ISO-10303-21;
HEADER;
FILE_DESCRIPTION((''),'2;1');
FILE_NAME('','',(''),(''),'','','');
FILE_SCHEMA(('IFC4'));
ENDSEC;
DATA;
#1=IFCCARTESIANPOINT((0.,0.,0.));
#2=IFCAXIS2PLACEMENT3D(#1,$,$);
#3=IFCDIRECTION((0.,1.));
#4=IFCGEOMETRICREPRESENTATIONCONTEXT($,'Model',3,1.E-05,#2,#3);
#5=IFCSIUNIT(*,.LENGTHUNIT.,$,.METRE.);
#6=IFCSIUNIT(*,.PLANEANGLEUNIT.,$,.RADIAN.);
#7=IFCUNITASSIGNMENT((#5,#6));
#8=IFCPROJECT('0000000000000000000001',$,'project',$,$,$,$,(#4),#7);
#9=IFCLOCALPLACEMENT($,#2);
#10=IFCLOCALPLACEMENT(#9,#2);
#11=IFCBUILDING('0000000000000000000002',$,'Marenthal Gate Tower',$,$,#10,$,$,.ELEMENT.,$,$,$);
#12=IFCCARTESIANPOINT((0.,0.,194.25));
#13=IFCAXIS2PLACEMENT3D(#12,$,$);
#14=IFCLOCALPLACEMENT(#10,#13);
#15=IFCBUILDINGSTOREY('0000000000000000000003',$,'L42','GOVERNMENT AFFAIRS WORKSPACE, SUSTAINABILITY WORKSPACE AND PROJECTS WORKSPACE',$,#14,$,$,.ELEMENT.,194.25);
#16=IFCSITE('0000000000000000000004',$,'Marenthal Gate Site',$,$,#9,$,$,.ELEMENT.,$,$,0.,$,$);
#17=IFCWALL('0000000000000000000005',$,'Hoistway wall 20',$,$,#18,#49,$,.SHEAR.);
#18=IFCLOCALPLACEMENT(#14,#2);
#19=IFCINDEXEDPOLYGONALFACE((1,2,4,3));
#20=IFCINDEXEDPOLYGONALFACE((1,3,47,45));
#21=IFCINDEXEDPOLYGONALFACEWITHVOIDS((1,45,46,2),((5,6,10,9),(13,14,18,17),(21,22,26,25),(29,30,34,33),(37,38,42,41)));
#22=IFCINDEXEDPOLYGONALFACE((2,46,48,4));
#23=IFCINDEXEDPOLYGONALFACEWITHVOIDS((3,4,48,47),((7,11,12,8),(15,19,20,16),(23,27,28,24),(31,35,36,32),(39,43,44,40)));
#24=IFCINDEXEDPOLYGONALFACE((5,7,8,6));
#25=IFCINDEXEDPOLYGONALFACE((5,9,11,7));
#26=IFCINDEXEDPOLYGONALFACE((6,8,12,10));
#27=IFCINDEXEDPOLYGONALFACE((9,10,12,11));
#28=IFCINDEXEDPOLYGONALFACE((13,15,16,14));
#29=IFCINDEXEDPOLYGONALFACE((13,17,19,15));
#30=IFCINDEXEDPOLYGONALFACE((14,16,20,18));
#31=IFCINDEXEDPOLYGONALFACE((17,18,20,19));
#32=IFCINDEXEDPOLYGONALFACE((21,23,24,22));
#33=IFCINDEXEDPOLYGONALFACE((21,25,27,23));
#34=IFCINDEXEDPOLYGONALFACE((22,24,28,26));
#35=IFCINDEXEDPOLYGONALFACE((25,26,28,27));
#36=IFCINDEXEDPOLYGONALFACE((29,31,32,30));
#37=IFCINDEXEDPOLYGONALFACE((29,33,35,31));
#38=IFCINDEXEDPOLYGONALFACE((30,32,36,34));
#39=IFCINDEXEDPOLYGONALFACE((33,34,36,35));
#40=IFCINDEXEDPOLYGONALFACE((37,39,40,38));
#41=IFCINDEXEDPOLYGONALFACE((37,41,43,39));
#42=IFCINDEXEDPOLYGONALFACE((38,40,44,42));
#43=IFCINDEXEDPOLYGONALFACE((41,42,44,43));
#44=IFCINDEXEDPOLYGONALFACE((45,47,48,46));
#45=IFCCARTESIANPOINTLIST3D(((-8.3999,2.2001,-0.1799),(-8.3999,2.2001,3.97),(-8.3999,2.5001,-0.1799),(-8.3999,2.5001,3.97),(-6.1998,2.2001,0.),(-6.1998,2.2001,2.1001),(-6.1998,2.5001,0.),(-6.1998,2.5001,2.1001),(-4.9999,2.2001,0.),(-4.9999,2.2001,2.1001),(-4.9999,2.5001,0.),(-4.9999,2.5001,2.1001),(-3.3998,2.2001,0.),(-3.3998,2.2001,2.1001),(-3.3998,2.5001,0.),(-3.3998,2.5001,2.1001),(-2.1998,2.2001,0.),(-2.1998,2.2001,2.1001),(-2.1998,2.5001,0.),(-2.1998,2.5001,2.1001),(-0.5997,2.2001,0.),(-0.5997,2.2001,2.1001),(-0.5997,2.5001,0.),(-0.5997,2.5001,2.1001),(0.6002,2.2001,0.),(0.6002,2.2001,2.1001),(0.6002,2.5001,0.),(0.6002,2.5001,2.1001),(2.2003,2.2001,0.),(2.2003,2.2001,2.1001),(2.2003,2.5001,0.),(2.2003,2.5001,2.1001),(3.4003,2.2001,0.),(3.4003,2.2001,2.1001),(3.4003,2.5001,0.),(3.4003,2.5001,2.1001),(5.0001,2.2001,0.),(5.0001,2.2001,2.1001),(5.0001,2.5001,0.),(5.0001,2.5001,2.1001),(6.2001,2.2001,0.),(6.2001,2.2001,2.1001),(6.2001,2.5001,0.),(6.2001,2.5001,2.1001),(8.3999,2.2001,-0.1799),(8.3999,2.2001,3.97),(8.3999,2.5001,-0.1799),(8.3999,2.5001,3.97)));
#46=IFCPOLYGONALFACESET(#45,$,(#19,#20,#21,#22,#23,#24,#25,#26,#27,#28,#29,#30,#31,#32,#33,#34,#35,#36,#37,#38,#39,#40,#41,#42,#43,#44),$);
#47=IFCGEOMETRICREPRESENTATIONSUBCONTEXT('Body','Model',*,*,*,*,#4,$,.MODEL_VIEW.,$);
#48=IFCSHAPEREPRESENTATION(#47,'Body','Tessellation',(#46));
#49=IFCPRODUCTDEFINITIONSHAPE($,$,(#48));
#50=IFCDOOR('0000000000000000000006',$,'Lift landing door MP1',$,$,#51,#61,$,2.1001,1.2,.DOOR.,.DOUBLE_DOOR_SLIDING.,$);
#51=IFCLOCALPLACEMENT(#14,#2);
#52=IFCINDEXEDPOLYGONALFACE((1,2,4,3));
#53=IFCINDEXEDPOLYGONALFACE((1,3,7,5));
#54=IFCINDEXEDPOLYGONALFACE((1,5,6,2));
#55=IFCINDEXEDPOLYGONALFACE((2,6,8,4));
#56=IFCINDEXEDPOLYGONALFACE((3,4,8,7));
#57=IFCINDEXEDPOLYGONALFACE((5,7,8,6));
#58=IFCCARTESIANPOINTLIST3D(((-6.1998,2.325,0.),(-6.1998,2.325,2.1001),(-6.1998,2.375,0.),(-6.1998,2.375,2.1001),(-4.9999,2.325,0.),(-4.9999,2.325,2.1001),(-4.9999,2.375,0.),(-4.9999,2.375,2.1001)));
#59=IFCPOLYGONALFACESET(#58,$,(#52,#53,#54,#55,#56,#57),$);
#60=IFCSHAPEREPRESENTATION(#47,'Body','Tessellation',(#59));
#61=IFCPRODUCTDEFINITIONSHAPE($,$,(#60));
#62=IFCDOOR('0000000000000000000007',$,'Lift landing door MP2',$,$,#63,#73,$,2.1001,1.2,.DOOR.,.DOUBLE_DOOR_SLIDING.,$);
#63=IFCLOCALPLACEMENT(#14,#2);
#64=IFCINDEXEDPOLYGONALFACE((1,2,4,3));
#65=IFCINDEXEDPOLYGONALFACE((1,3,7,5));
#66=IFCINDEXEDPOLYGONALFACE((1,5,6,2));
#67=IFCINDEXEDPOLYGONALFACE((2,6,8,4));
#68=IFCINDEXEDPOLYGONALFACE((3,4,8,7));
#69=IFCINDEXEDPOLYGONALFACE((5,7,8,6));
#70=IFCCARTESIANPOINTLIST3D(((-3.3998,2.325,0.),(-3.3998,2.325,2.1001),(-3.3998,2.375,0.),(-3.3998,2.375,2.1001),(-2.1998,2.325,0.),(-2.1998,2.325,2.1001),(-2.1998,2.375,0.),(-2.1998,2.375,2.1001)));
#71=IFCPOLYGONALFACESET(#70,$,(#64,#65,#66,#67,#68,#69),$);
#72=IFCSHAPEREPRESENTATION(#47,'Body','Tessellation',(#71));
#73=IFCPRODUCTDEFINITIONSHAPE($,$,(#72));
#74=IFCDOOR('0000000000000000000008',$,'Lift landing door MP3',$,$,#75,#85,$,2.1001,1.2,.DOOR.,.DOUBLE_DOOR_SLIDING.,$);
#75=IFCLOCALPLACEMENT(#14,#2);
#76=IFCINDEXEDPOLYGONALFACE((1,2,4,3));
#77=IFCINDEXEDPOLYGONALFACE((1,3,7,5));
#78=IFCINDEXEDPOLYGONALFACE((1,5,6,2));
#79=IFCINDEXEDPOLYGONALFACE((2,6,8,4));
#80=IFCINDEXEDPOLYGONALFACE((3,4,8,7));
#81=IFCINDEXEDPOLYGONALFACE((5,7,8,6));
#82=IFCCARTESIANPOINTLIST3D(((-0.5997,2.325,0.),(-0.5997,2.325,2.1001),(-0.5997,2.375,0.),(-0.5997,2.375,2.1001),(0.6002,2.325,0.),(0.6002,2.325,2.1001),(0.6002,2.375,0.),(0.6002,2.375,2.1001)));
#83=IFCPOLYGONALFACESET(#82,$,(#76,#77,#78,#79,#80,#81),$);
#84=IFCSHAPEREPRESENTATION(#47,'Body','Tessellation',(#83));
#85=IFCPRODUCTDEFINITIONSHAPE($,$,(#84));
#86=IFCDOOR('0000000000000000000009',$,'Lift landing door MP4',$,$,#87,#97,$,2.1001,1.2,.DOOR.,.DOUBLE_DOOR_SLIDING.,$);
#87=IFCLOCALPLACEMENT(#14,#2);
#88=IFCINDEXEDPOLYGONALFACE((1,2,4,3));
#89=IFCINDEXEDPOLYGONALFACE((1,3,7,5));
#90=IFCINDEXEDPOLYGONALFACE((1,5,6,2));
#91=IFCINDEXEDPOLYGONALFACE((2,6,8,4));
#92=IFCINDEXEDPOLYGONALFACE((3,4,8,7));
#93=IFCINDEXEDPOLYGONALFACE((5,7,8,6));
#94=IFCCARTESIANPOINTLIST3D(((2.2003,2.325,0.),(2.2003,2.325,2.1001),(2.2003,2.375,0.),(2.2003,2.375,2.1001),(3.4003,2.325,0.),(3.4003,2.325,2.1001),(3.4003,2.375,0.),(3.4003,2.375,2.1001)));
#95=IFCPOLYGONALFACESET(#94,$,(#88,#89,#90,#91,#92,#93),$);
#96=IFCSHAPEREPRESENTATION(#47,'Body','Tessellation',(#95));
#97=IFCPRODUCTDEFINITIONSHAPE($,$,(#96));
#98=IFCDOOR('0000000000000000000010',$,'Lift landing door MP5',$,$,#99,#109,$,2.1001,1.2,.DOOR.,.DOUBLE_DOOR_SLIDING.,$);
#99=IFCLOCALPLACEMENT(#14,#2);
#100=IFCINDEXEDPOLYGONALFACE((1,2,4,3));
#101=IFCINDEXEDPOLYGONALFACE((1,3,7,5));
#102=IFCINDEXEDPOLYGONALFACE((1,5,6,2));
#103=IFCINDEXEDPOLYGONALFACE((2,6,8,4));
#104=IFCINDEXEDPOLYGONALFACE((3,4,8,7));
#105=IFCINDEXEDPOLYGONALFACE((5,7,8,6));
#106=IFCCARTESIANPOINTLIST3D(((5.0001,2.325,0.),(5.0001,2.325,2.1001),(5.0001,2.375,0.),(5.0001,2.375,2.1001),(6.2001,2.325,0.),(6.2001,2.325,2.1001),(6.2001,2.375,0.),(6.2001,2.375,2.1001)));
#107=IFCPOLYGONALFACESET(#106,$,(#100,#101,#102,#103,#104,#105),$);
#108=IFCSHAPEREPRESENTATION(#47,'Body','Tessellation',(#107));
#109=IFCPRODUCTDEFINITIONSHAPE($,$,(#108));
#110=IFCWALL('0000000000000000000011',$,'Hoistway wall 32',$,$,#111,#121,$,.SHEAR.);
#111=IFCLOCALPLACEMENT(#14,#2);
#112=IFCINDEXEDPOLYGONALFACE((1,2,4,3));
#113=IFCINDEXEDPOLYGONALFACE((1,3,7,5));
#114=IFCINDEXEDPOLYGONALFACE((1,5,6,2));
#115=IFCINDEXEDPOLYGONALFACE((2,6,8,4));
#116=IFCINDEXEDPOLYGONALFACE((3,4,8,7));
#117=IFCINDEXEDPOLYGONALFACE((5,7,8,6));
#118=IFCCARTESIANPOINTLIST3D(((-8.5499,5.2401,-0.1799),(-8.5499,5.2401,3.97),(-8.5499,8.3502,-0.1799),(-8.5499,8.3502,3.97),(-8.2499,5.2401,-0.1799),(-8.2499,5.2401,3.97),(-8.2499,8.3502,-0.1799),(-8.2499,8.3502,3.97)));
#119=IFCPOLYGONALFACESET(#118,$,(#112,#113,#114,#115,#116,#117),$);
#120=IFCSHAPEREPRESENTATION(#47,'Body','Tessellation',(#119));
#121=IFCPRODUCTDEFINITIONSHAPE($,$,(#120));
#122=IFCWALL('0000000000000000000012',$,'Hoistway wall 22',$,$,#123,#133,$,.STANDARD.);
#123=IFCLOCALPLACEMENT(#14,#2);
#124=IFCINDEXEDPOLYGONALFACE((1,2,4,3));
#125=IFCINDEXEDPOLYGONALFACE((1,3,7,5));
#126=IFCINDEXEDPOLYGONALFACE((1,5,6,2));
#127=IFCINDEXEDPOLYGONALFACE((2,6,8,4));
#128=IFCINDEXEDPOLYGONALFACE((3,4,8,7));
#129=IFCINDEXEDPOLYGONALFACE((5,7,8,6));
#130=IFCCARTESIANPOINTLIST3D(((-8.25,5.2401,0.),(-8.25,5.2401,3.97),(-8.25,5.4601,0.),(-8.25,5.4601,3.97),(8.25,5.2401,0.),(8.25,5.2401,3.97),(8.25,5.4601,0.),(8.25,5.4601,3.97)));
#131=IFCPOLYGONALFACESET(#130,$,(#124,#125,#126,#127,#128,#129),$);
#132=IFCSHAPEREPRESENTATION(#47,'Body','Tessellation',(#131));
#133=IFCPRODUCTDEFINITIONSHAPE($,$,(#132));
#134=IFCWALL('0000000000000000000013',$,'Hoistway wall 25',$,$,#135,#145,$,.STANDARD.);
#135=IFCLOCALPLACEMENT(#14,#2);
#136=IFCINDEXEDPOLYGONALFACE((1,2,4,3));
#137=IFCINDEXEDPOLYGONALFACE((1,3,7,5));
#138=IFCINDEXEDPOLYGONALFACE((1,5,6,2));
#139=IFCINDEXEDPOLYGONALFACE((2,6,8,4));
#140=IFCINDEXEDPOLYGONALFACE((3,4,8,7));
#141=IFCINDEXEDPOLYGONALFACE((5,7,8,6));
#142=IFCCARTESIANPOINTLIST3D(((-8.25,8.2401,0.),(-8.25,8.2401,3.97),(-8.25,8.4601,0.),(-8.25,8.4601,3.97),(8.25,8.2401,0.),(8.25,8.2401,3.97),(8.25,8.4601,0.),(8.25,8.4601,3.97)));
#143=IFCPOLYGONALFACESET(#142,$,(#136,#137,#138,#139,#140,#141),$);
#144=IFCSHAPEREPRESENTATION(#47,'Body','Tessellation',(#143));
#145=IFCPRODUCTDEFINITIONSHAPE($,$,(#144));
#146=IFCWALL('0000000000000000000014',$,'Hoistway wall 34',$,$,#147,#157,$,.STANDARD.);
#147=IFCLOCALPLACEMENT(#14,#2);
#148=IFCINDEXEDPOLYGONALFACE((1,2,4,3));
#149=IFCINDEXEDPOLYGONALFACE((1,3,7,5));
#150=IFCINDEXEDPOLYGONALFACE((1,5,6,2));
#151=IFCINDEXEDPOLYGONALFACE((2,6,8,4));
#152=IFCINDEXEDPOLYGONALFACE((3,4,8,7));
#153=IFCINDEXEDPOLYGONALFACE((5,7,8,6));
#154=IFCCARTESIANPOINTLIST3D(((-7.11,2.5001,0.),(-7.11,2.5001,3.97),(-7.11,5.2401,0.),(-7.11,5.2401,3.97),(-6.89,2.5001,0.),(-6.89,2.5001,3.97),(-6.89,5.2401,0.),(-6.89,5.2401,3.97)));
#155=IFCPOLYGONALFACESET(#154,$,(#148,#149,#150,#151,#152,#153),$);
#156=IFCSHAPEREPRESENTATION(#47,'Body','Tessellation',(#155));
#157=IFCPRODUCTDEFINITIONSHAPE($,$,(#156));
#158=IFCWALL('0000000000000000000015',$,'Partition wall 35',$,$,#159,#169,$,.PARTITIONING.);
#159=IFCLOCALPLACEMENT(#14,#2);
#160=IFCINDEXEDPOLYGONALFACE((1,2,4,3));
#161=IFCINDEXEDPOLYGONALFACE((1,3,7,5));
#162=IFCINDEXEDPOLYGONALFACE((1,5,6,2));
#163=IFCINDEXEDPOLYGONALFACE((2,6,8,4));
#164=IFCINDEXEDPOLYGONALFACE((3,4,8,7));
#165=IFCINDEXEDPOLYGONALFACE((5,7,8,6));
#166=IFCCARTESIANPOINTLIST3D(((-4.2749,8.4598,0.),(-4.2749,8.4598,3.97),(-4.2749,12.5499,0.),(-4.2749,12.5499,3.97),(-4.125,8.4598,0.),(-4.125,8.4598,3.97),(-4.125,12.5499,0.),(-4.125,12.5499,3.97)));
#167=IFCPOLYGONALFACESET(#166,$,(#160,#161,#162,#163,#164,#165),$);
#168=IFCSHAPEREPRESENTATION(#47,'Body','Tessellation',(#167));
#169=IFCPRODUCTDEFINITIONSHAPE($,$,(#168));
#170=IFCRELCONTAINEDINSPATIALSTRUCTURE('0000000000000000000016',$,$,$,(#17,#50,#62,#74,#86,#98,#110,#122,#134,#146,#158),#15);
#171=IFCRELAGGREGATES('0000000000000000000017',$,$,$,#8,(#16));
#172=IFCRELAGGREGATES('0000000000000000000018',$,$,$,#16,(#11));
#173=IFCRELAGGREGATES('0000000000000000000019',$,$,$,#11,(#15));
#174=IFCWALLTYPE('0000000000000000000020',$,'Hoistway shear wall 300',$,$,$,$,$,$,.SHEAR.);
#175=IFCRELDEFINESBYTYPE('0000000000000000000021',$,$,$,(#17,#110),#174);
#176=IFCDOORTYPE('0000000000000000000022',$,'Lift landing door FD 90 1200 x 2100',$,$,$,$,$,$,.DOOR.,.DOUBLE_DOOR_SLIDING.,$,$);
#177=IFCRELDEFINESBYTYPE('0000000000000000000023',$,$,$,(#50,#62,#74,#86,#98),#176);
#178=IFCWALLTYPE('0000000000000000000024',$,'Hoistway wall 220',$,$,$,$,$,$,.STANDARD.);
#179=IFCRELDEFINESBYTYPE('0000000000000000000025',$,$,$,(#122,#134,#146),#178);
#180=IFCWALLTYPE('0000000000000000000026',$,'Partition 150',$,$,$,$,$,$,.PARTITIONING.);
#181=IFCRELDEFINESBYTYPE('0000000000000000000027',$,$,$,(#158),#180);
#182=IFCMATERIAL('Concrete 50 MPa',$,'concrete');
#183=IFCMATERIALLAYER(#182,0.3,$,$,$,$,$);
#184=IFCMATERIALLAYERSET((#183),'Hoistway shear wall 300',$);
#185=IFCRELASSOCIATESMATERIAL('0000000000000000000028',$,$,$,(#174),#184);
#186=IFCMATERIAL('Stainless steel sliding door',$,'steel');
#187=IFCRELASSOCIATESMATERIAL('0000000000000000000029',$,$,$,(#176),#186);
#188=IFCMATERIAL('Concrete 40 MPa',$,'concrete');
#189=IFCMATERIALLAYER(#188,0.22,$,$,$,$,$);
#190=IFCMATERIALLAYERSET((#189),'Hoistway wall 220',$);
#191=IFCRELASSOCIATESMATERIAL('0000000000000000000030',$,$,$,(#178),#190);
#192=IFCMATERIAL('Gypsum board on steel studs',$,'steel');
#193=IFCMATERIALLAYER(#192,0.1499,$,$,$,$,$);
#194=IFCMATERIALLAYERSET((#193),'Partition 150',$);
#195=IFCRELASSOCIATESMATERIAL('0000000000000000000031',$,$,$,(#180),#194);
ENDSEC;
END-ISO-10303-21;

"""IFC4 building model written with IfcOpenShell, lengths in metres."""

from ifc_helpers import new_model, si_unit, direction, frame, frame_2d, origin, place, context, subcontext, project, spatial, rectangle, extrude, material, layer, layer_set, type_object, element, fill, save


model = new_model("IFC4")

# Units and contexts
model_context = context("Model", 3, precision=1e-05, world=origin(), true_north=direction((0.0, 1.0)))
body_context = subcontext(model_context, "Body", "Model", "MODEL_VIEW")
ifc_project = project(units=[si_unit("LENGTHUNIT", "METRE"), si_unit("PLANEANGLEUNIT", "RADIAN")], contexts=[model_context])

# Site, building, storey
site_placement = place(None, origin())
site = spatial("IfcSite", under=ifc_project, at=site_placement, Name="Marenthal Gate Site", CompositionType="ELEMENT", RefElevation=0.0)
building_placement = place(site_placement, origin())
building = spatial("IfcBuilding", under=site, at=building_placement, Name="Marenthal Gate Tower", CompositionType="ELEMENT")
storey_placement = place(building_placement, frame((0.0, 0.0, 194.25)))
storey = spatial("IfcBuildingStorey", under=building, at=storey_placement, Name="L42", Description="GOVERNMENT AFFAIRS WORKSPACE, SUSTAINABILITY WORKSPACE AND PROJECTS WORKSPACE", CompositionType="ELEMENT", Elevation=194.25)

# Wall, openings, doors
ifc_material_1 = material(Name="Concrete 50 MPa", Category="concrete")
ifc_layer_1 = layer(ifc_material_1, 0.3)
ifc_layer_set_1 = layer_set([ifc_layer_1], Name="Hoistway shear wall 300")
wall_type_1 = type_object("IfcWallType", Name="Hoistway shear wall 300", PredefinedType="SHEAR", material=ifc_layer_set_1)
wall_1_placement = place(storey_placement, frame((-8.3999, 2.3501, -0.1799), z_axis=(0.0, 0.0, 1.0), x_axis=(1.0, 0.0, 0.0)))
wall_1 = element("IfcWall", 1, at=wall_1_placement, inside=storey, type_object=wall_type_1, Name="Hoistway wall 20", PredefinedType="SHEAR", context=body_context, shape_type="SweptSolid", body=[
    extrude(rectangle(XDim=16.7998, YDim=0.3, at=frame_2d((8.3999, 0.0))), origin(), (0.0, 0.0, 1.0), 4.1499),
])
opening_1_placement = place(wall_1_placement, frame((2.2, 0.0, 0.1799)))
opening_1 = element("IfcOpeningElement", 2, at=opening_1_placement, cuts=wall_1, PredefinedType="OPENING", context=body_context, shape_type="SweptSolid", body=[
    extrude(rectangle(XDim=1.2, YDim=2.1001, at=frame_2d((0.6001, 1.05))), frame((0.0, 0.1602, 0.0), z_axis=(0.0, -1.0, 0.0), x_axis=(1.0, 0.0, 0.0)), (0.0, 0.0, 1.0), 0.3201),
])
opening_2_placement = place(wall_1_placement, frame((5.0, 0.0, 0.1799)))
opening_2 = element("IfcOpeningElement", 3, at=opening_2_placement, cuts=wall_1, PredefinedType="OPENING", context=body_context, shape_type="SweptSolid", body=[
    extrude(rectangle(XDim=1.2, YDim=2.1001, at=frame_2d((0.6001, 1.05))), frame((0.0, 0.1602, 0.0), z_axis=(0.0, -1.0, 0.0), x_axis=(1.0, 0.0, 0.0)), (0.0, 0.0, 1.0), 0.3201),
])
opening_3_placement = place(wall_1_placement, frame((7.8, 0.0, 0.1799)))
opening_3 = element("IfcOpeningElement", 4, at=opening_3_placement, cuts=wall_1, PredefinedType="OPENING", context=body_context, shape_type="SweptSolid", body=[
    extrude(rectangle(XDim=1.2, YDim=2.1001, at=frame_2d((0.6001, 1.05))), frame((0.0, 0.1602, 0.0), z_axis=(0.0, -1.0, 0.0), x_axis=(1.0, 0.0, 0.0)), (0.0, 0.0, 1.0), 0.3201),
])
opening_4_placement = place(wall_1_placement, frame((10.6001, 0.0, 0.1799)))
opening_4 = element("IfcOpeningElement", 5, at=opening_4_placement, cuts=wall_1, PredefinedType="OPENING", context=body_context, shape_type="SweptSolid", body=[
    extrude(rectangle(XDim=1.2, YDim=2.1001, at=frame_2d((0.6001, 1.05))), frame((0.0, 0.1602, 0.0), z_axis=(0.0, -1.0, 0.0), x_axis=(1.0, 0.0, 0.0)), (0.0, 0.0, 1.0), 0.3201),
])
opening_5_placement = place(wall_1_placement, frame((13.3999, 0.0, 0.1799)))
opening_5 = element("IfcOpeningElement", 6, at=opening_5_placement, cuts=wall_1, PredefinedType="OPENING", context=body_context, shape_type="SweptSolid", body=[
    extrude(rectangle(XDim=1.2, YDim=2.1001, at=frame_2d((0.6001, 1.05))), frame((0.0, 0.1602, 0.0), z_axis=(0.0, -1.0, 0.0), x_axis=(1.0, 0.0, 0.0)), (0.0, 0.0, 1.0), 0.3201),
])
ifc_material_2 = material(Name="Stainless steel sliding door", Category="steel")
door_type = type_object("IfcDoorType", Name="Lift landing door FD 90 1200 x 2100", OperationType="DOUBLE_DOOR_SLIDING", PredefinedType="DOOR", material=ifc_material_2)
door_1_placement = place(opening_1_placement, origin())
door_1 = element("IfcDoor", 7, at=door_1_placement, inside=storey, type_object=door_type, Name="Lift landing door MP1", OperationType="DOUBLE_DOOR_SLIDING", OverallHeight=2.1001, OverallWidth=1.2, PredefinedType="DOOR", context=body_context, shape_type="SweptSolid", body=[
    extrude(rectangle(XDim=1.2, YDim=2.1001, at=frame_2d((0.6001, 1.05))), frame((0.0, 0.0249, 0.0), z_axis=(0.0, -1.0, 0.0), x_axis=(1.0, 0.0, 0.0)), (0.0, 0.0, 1.0), 0.05),
])
fill(opening_1, door_1)
door_2_placement = place(opening_2_placement, origin())
door_2 = element("IfcDoor", 8, at=door_2_placement, inside=storey, type_object=door_type, Name="Lift landing door MP2", OperationType="DOUBLE_DOOR_SLIDING", OverallHeight=2.1001, OverallWidth=1.2, PredefinedType="DOOR", context=body_context, shape_type="SweptSolid", body=[
    extrude(rectangle(XDim=1.2, YDim=2.1001, at=frame_2d((0.6001, 1.05))), frame((0.0, 0.0249, 0.0), z_axis=(0.0, -1.0, 0.0), x_axis=(1.0, 0.0, 0.0)), (0.0, 0.0, 1.0), 0.05),
])
fill(opening_2, door_2)
door_3_placement = place(opening_3_placement, origin())
door_3 = element("IfcDoor", 9, at=door_3_placement, inside=storey, type_object=door_type, Name="Lift landing door MP3", OperationType="DOUBLE_DOOR_SLIDING", OverallHeight=2.1001, OverallWidth=1.2, PredefinedType="DOOR", context=body_context, shape_type="SweptSolid", body=[
    extrude(rectangle(XDim=1.2, YDim=2.1001, at=frame_2d((0.6001, 1.05))), frame((0.0, 0.0249, 0.0), z_axis=(0.0, -1.0, 0.0), x_axis=(1.0, 0.0, 0.0)), (0.0, 0.0, 1.0), 0.05),
])
fill(opening_3, door_3)
door_4_placement = place(opening_4_placement, origin())
door_4 = element("IfcDoor", 10, at=door_4_placement, inside=storey, type_object=door_type, Name="Lift landing door MP4", OperationType="DOUBLE_DOOR_SLIDING", OverallHeight=2.1001, OverallWidth=1.2, PredefinedType="DOOR", context=body_context, shape_type="SweptSolid", body=[
    extrude(rectangle(XDim=1.2, YDim=2.1001, at=frame_2d((0.6001, 1.05))), frame((0.0, 0.0249, 0.0), z_axis=(0.0, -1.0, 0.0), x_axis=(1.0, 0.0, 0.0)), (0.0, 0.0, 1.0), 0.05),
])
fill(opening_4, door_4)
door_5_placement = place(opening_5_placement, origin())
door_5 = element("IfcDoor", 11, at=door_5_placement, inside=storey, type_object=door_type, Name="Lift landing door MP5", OperationType="DOUBLE_DOOR_SLIDING", OverallHeight=2.1001, OverallWidth=1.2, PredefinedType="DOOR", context=body_context, shape_type="SweptSolid", body=[
    extrude(rectangle(XDim=1.2, YDim=2.1001, at=frame_2d((0.6001, 1.05))), frame((0.0, 0.0249, 0.0), z_axis=(0.0, -1.0, 0.0), x_axis=(1.0, 0.0, 0.0)), (0.0, 0.0, 1.0), 0.05),
])
fill(opening_5, door_5)

# Walls
wall_2_placement = place(storey_placement, frame((-8.3999, 5.24, -0.1799), z_axis=(0.0, 0.0, 1.0), x_axis=(0.0, 1.0, 0.0)))
element("IfcWall", 12, at=wall_2_placement, inside=storey, type_object=wall_type_1, Name="Hoistway wall 32", PredefinedType="SHEAR", context=body_context, shape_type="SweptSolid", body=[
    extrude(rectangle(XDim=3.1101, YDim=0.3, at=frame_2d((1.5552, 0.0))), origin(), (0.0, 0.0, 1.0), 4.1499),
])
ifc_material_3 = material(Name="Concrete 40 MPa", Category="concrete")
ifc_layer_2 = layer(ifc_material_3, 0.22)
ifc_layer_set_2 = layer_set([ifc_layer_2], Name="Hoistway wall 220")
wall_type_2 = type_object("IfcWallType", Name="Hoistway wall 220", PredefinedType="STANDARD", material=ifc_layer_set_2)
for number, where, z_axis, x_axis, name in (
    (13, (-8.25, 5.3501, 0.0), (0.0, 0.0, 1.0), (1.0, 0.0, 0.0), "Hoistway wall 22"),
    (14, (-8.25, 8.3501, 0.0), (0.0, 0.0, 1.0), (1.0, 0.0, 0.0), "Hoistway wall 25"),
):
    element("IfcWall", number, at=place(storey_placement, frame(where, z_axis=z_axis, x_axis=x_axis)), inside=storey, type_object=wall_type_2, Name=name, PredefinedType="STANDARD", context=body_context, shape_type="SweptSolid", body=[
        extrude(rectangle(XDim=16.5, YDim=0.22, at=frame_2d((8.25, 0.0))), origin(), (0.0, 0.0, 1.0), 3.97),
    ])
wall_3_placement = place(storey_placement, frame((-7.0, 2.5, 0.0), z_axis=(0.0, 0.0, 1.0), x_axis=(0.0, 1.0, 0.0)))
element("IfcWall", 15, at=wall_3_placement, inside=storey, type_object=wall_type_2, Name="Hoistway wall 34", PredefinedType="STANDARD", context=body_context, shape_type="SweptSolid", body=[
    extrude(rectangle(XDim=2.74, YDim=0.22, at=frame_2d((1.3701, 0.0))), origin(), (0.0, 0.0, 1.0), 3.97),
])
ifc_material_4 = material(Name="Gypsum board on steel studs", Category="steel")
ifc_layer_3 = layer(ifc_material_4, 0.1499)
ifc_layer_set_3 = layer_set([ifc_layer_3], Name="Partition 150")
wall_type_3 = type_object("IfcWallType", Name="Partition 150", PredefinedType="PARTITIONING", material=ifc_layer_set_3)
wall_4_placement = place(storey_placement, frame((-4.2, 8.46, 0.0), z_axis=(0.0, 0.0, 1.0), x_axis=(0.0, 1.0, 0.0)))
element("IfcWall", 16, at=wall_4_placement, inside=storey, type_object=wall_type_3, Name="Partition wall 35", PredefinedType="PARTITIONING", context=body_context, shape_type="SweptSolid", body=[
    extrude(rectangle(XDim=4.0901, YDim=0.1499, at=frame_2d((2.0449, 0.0))), origin(), (0.0, 0.0, 1.0), 3.97),
])

save(model, "model.ifc")
